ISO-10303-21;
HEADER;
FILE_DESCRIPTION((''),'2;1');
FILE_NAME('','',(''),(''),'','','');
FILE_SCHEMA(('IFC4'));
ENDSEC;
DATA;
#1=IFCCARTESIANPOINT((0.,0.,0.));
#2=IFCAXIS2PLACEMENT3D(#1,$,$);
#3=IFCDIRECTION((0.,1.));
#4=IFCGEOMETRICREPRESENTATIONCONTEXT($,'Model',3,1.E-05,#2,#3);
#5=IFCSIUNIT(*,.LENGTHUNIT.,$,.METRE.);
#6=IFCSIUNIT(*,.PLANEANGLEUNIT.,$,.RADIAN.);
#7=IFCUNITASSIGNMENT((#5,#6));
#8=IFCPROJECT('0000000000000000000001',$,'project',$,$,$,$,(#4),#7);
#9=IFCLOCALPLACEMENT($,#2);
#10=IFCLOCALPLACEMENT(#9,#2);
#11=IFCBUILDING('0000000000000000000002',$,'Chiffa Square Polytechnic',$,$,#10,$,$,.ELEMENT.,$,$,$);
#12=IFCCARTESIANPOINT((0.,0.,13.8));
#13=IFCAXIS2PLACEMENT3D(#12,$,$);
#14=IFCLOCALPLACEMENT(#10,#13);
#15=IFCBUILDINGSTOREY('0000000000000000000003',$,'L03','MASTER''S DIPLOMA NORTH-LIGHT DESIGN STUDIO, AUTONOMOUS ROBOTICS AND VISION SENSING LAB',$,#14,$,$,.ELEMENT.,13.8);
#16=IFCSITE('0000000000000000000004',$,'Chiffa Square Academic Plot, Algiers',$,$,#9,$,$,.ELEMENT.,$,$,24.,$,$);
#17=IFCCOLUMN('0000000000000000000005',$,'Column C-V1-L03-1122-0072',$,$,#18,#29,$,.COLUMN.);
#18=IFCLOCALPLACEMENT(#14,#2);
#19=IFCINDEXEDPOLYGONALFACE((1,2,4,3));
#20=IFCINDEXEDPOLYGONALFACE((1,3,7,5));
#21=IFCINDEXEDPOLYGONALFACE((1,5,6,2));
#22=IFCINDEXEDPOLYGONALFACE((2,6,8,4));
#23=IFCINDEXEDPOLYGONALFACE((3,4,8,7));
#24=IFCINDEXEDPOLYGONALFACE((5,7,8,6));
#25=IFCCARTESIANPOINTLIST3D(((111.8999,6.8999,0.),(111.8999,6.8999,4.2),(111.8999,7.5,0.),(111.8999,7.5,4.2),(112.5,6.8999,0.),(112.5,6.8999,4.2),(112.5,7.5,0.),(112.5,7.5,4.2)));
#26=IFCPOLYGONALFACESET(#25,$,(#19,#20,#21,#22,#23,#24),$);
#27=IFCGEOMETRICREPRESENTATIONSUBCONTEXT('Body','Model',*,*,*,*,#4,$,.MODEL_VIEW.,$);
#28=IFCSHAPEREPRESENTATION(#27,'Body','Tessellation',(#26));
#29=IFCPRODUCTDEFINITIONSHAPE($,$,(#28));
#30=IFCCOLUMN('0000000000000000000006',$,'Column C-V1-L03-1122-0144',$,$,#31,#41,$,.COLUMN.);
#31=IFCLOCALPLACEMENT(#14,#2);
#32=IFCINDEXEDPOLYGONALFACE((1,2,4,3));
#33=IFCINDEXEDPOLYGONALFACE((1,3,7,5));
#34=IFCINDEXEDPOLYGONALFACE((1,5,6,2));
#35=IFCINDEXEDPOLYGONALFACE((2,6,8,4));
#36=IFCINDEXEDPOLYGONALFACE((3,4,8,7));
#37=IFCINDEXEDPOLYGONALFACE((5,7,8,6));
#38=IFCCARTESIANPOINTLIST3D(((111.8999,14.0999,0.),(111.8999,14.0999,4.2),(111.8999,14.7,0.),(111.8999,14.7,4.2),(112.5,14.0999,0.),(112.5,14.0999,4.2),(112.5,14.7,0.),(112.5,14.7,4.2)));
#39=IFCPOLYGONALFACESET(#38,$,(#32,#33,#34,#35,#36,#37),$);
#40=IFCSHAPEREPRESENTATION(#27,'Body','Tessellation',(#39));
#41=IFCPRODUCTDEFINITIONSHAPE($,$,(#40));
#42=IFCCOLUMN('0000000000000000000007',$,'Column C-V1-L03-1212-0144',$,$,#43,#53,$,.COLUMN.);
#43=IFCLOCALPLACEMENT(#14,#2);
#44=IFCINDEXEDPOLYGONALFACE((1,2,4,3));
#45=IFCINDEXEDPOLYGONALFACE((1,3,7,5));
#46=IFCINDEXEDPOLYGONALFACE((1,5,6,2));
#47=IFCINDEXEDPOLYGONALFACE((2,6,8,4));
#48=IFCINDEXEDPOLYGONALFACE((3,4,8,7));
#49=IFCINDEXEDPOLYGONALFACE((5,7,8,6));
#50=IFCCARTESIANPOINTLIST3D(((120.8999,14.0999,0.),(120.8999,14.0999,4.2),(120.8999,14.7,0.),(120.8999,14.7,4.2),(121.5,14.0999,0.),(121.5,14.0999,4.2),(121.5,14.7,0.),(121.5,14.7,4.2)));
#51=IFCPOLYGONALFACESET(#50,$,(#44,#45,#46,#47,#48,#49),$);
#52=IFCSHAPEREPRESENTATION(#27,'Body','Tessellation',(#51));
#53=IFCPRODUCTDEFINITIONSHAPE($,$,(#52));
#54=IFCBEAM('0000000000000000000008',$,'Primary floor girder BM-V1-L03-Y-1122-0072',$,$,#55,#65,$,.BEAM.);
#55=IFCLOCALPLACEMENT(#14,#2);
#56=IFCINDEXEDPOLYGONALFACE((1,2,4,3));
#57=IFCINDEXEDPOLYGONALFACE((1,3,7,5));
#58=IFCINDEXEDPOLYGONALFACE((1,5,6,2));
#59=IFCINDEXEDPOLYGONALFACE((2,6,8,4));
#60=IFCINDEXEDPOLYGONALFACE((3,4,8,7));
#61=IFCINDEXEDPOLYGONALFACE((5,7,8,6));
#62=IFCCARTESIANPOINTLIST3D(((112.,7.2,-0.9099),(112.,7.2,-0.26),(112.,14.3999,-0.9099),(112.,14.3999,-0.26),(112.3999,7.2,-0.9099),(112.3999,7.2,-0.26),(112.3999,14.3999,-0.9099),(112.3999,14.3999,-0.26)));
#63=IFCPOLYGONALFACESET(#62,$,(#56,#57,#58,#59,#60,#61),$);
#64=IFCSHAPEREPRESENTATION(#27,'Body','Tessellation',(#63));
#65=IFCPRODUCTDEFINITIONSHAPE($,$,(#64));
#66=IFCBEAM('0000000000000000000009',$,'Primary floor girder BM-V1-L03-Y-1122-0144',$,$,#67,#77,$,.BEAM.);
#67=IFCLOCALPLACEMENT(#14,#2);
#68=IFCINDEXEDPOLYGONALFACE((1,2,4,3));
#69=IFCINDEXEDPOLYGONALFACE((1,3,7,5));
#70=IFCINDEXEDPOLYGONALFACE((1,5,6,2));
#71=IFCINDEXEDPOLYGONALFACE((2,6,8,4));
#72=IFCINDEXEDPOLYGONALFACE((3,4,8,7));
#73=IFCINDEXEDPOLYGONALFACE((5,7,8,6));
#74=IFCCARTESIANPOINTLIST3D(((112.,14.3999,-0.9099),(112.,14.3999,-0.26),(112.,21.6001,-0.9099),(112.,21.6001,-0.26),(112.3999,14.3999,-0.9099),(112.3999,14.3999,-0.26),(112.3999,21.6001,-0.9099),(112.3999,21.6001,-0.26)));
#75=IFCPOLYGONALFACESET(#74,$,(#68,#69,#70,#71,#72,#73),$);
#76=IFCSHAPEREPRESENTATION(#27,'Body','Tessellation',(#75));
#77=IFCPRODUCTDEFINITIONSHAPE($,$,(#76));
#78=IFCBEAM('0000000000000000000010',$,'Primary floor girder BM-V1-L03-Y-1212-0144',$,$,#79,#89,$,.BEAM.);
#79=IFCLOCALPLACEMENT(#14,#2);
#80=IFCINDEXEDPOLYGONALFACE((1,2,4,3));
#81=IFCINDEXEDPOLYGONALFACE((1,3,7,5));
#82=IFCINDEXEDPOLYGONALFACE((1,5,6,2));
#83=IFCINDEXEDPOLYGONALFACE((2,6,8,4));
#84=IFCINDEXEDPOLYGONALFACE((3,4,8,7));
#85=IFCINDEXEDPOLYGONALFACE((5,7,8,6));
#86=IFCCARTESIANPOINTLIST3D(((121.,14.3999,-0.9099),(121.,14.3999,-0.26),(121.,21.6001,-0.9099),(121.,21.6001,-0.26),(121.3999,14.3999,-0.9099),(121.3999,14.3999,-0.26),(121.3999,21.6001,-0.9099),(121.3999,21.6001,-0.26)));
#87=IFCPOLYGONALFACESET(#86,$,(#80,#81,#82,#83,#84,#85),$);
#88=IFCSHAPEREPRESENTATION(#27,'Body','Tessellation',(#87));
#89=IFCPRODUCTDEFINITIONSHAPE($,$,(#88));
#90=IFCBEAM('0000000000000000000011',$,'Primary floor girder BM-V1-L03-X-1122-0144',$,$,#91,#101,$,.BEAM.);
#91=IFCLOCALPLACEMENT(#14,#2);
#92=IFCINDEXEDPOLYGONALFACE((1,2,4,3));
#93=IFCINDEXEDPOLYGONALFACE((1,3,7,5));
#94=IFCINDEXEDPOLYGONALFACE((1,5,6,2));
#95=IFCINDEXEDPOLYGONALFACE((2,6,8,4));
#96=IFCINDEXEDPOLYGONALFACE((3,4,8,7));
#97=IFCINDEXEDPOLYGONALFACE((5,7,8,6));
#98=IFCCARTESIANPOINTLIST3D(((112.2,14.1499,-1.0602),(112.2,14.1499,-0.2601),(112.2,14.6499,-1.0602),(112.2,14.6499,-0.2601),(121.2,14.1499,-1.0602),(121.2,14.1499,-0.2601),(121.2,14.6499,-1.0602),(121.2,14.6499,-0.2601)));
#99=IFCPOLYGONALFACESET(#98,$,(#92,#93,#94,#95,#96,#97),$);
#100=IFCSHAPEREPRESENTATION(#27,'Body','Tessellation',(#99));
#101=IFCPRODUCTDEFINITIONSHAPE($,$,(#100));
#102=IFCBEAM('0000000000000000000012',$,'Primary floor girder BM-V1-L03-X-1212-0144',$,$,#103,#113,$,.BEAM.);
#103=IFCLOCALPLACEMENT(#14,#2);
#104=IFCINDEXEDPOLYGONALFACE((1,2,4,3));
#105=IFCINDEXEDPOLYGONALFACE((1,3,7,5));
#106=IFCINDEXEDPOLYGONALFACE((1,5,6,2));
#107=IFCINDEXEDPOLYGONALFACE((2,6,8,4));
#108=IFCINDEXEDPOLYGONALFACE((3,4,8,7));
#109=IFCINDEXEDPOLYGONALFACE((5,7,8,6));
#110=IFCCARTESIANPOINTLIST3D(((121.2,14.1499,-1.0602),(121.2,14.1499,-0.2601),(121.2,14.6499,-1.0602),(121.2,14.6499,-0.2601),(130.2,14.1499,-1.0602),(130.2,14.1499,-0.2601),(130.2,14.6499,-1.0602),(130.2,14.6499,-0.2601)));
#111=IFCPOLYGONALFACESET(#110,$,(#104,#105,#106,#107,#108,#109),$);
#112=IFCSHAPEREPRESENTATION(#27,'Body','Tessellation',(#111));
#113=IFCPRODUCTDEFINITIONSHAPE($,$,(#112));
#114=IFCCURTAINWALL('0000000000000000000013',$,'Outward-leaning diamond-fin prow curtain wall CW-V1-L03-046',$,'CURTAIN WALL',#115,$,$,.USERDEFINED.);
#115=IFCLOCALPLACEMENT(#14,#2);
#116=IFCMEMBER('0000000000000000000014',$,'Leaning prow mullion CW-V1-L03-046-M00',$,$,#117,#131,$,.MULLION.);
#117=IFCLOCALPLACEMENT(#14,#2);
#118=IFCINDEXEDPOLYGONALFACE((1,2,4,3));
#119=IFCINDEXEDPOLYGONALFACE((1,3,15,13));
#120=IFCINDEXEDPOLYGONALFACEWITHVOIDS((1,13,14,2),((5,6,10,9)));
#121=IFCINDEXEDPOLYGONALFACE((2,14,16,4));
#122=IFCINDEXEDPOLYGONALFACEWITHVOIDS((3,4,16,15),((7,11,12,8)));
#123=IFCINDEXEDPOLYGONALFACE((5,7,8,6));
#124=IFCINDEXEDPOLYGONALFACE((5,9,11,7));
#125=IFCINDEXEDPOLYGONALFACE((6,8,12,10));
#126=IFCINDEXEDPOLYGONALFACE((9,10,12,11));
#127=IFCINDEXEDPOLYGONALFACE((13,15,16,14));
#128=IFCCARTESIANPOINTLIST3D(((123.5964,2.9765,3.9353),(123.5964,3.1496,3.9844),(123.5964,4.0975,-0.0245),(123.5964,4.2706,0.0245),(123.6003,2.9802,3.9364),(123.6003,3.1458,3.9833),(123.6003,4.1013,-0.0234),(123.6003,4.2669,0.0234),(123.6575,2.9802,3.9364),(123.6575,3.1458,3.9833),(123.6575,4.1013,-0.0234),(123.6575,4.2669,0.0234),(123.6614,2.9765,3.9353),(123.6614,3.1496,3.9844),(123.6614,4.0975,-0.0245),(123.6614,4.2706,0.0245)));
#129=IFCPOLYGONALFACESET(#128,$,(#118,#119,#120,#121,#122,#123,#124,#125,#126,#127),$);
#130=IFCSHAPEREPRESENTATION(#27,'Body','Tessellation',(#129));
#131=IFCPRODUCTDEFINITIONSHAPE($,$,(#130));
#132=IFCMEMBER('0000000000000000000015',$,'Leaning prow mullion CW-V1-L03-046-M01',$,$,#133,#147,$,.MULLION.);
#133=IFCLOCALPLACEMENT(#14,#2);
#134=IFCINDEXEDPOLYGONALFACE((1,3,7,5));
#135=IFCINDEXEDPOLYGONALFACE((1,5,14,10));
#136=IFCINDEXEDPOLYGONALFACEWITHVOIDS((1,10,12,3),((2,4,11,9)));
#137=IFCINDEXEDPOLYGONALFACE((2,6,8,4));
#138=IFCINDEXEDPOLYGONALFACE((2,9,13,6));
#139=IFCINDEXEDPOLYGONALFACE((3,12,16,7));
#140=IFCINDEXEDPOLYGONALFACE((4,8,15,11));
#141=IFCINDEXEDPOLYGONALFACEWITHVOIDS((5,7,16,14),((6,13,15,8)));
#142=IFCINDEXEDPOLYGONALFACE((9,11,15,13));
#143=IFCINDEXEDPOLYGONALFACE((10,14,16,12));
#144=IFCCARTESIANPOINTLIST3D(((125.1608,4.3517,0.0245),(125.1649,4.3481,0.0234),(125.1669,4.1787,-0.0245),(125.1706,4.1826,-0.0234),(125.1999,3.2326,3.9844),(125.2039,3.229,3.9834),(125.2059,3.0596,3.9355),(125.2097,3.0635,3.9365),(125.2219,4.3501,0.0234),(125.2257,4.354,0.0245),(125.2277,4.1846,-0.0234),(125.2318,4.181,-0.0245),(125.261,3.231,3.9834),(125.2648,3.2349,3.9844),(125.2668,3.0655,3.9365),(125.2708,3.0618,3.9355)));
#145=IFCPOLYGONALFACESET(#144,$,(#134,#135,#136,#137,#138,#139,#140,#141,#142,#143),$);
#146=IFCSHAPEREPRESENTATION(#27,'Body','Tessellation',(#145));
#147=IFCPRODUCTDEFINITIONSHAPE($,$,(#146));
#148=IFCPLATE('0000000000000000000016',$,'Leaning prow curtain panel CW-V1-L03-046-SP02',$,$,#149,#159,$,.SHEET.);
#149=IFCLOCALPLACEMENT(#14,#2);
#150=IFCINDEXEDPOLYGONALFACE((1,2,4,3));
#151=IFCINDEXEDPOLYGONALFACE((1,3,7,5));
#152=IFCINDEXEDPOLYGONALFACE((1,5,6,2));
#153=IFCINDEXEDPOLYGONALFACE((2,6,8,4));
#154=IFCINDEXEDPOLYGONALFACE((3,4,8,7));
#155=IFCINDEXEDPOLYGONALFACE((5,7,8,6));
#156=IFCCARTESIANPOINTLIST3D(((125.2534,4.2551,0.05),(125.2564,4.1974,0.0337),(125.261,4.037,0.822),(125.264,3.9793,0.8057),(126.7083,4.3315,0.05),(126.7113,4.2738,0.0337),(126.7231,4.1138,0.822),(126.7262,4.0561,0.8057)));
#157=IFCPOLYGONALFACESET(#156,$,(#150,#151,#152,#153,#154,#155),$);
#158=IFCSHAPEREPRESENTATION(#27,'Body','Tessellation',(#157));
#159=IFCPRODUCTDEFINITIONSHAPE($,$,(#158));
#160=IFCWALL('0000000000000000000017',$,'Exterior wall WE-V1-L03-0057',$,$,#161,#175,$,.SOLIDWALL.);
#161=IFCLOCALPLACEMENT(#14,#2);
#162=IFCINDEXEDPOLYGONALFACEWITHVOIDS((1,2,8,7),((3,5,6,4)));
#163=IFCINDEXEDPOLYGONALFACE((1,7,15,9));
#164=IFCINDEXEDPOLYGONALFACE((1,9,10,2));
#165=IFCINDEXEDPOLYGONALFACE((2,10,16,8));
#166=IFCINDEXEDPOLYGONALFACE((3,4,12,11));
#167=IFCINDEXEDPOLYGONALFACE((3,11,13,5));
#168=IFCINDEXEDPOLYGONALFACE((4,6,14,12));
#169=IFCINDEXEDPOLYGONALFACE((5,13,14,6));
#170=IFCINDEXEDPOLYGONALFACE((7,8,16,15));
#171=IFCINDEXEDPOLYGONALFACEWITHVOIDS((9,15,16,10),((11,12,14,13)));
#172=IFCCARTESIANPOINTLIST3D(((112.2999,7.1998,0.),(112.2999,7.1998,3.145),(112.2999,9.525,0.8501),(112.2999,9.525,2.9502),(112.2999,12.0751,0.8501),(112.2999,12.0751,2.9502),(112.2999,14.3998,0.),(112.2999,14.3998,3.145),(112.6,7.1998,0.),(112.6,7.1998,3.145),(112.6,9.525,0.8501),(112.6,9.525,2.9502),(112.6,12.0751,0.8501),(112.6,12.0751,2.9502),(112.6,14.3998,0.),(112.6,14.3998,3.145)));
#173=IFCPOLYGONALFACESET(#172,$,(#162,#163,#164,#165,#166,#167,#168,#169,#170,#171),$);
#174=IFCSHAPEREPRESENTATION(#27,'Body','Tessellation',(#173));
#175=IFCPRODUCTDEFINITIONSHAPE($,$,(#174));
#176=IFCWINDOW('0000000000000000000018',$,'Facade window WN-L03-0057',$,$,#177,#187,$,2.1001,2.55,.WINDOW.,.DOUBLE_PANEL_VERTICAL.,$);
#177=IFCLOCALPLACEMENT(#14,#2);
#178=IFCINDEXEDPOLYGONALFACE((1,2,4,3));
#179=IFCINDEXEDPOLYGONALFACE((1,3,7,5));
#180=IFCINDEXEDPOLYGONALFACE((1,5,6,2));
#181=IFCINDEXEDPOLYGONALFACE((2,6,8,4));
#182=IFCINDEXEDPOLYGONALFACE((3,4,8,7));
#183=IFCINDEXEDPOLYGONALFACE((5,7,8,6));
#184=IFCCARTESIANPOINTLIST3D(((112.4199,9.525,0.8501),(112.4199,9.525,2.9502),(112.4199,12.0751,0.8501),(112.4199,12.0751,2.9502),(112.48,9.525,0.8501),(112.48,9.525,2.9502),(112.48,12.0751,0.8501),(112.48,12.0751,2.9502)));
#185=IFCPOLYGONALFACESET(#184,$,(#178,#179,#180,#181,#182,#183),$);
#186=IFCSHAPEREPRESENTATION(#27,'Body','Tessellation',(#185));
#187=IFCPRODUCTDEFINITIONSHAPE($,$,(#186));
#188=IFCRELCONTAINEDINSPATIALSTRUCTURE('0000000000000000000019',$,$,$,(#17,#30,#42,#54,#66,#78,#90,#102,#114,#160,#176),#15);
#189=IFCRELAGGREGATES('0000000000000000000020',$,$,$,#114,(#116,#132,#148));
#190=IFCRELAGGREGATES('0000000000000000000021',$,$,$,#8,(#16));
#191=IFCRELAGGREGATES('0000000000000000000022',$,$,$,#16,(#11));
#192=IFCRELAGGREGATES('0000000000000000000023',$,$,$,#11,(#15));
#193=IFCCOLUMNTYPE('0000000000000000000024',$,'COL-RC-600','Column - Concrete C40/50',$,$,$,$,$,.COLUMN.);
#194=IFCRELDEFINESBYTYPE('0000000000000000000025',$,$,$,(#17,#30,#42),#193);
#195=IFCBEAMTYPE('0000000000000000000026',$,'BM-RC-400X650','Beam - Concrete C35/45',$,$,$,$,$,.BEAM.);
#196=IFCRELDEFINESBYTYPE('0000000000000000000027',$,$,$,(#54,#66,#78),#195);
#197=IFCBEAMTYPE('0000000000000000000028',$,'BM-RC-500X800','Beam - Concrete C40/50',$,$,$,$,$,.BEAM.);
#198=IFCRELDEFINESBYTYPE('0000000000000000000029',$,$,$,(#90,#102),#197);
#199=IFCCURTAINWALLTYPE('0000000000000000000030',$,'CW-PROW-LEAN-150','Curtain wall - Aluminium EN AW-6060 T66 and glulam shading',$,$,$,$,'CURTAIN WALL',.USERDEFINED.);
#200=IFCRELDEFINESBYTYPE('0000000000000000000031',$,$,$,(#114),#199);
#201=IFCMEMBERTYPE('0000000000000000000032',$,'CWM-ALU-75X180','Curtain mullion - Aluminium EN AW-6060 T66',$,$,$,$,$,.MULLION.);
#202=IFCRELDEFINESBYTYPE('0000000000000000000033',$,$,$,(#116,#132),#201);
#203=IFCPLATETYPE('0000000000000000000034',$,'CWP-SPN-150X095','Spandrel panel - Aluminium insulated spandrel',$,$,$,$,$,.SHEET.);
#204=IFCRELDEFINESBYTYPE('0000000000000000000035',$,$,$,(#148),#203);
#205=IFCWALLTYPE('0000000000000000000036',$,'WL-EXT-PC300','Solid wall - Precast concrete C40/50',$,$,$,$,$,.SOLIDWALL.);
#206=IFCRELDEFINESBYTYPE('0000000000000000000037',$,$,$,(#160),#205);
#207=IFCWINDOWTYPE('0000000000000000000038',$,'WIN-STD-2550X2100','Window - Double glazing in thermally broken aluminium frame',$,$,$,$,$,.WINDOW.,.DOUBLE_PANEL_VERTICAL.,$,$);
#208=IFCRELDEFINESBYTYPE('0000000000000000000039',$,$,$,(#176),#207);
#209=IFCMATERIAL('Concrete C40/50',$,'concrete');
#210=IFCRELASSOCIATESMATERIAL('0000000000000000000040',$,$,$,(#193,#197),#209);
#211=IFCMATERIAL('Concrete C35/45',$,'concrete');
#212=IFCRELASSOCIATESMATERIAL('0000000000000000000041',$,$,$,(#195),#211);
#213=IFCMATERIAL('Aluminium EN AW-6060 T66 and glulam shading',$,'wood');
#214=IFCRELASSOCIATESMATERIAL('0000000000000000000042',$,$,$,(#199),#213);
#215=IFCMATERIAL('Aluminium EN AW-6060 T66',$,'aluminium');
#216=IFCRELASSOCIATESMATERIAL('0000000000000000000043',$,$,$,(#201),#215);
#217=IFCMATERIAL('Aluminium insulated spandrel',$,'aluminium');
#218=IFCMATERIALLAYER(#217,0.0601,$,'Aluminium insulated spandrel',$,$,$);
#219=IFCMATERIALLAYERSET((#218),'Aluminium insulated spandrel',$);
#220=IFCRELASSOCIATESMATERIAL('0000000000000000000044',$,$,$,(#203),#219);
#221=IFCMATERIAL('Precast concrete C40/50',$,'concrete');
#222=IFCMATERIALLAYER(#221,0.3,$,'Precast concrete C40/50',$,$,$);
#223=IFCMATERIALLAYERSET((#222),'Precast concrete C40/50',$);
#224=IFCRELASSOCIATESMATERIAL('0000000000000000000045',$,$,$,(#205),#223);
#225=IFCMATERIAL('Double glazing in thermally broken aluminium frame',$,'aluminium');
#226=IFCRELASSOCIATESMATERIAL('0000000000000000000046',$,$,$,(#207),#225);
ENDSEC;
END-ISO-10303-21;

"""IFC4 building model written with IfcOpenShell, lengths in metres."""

from ifc_helpers import new_model, si_unit, direction, frame, frame_2d, origin, origin_2d, place, context, subcontext, project, spatial, polyline, rectangle, hollow_rectangle, outline, extrude, material, layer, layer_set, material_profile, profile_set, type_object, element, fill, aggregate, save


model = new_model("IFC4")

# Units and contexts
model_context = context("Model", 3, precision=1e-05, world=origin(), true_north=direction((0.0, 1.0)))
body_context = subcontext(model_context, "Body", "Model", "MODEL_VIEW")
ifc_project = project(units=[si_unit("LENGTHUNIT", "METRE"), si_unit("PLANEANGLEUNIT", "RADIAN")], contexts=[model_context])

# Site, building, storey
site_placement = place(None, origin())
site = spatial("IfcSite", under=ifc_project, at=site_placement, Name="Chiffa Square Academic Plot, Algiers", CompositionType="ELEMENT", RefElevation=24.0)
building_placement = place(site_placement, origin())
building = spatial("IfcBuilding", under=site, at=building_placement, Name="Chiffa Square Polytechnic", CompositionType="ELEMENT")
storey_placement = place(building_placement, frame((0.0, 0.0, 13.8)))
storey = spatial("IfcBuildingStorey", under=building, at=storey_placement, Name="L03", Description="MASTER'S DIPLOMA NORTH-LIGHT DESIGN STUDIO, AUTONOMOUS ROBOTICS AND VISION SENSING LAB", CompositionType="ELEMENT", Elevation=13.8)

# Columns
ifc_material_1 = material(Name="Concrete C40/50", Category="concrete")
ifc_material_profile_1 = material_profile(ifc_material_1, rectangle(XDim=0.6001, YDim=0.6001, at=origin_2d()), Name="RC 600x600")
ifc_profile_set_1 = profile_set([ifc_material_profile_1], Name="Concrete C40/50")
column_type = type_object("IfcColumnType", Name="COL-RC-600", Description="Column - Concrete C40/50", PredefinedType="COLUMN", material=ifc_profile_set_1)
for number, where, z_axis, x_axis, name in (
    (1, (112.2, 7.2, 0.0), (0.0, 0.0, 1.0), (1.0, 0.0, 0.0), "Column C-V1-L03-1122-0072"),
    (2, (112.2, 14.3999, 0.0), (0.0, 0.0, 1.0), (1.0, 0.0, 0.0), "Column C-V1-L03-1122-0144"),
    (3, (121.2, 14.3999, 0.0), (0.0, 0.0, 1.0), (1.0, 0.0, 0.0), "Column C-V1-L03-1212-0144"),
):
    element("IfcColumn", number, at=place(storey_placement, frame(where, z_axis=z_axis, x_axis=x_axis)), inside=storey, type_object=column_type, Name=name, PredefinedType="COLUMN", context=body_context, shape_type="SweptSolid", body=[
        extrude(rectangle(XDim=0.6001, YDim=0.6001, at=origin_2d()), origin(), (0.0, 0.0, 1.0), 4.2),
    ])

# Beams
ifc_material_2 = material(Name="Concrete C35/45", Category="concrete")
ifc_material_profile_2 = material_profile(ifc_material_2, rectangle(XDim=0.3999, YDim=0.6499, at=origin_2d()), Name="RC 400x650")
ifc_profile_set_2 = profile_set([ifc_material_profile_2], Name="Concrete C35/45")
beam_type_1 = type_object("IfcBeamType", Name="BM-RC-400X650", Description="Beam - Concrete C35/45", PredefinedType="BEAM", material=ifc_profile_set_2)
beam_placement = place(storey_placement, frame((112.2, 7.2, -0.585), z_axis=(0.0, 1.0, 0.0), x_axis=(-1.0, 0.0, 0.0)))
element("IfcBeam", 4, at=beam_placement, inside=storey, type_object=beam_type_1, Name="Primary floor girder BM-V1-L03-Y-1122-0072", PredefinedType="BEAM", context=body_context, shape_type="SweptSolid", body=[
    extrude(rectangle(XDim=0.3999, YDim=0.6499, at=origin_2d()), origin(), (0.0, 0.0, 1.0), 7.2),
])
for number, where, z_axis, x_axis, name in (
    (5, (112.2, 14.3999, -0.585), (0.0, 1.0, 0.0), (-1.0, 0.0, 0.0), "Primary floor girder BM-V1-L03-Y-1122-0144"),
    (6, (121.2, 14.3999, -0.585), (0.0, 1.0, 0.0), (-1.0, 0.0, 0.0), "Primary floor girder BM-V1-L03-Y-1212-0144"),
):
    element("IfcBeam", number, at=place(storey_placement, frame(where, z_axis=z_axis, x_axis=x_axis)), inside=storey, type_object=beam_type_1, Name=name, PredefinedType="BEAM", context=body_context, shape_type="SweptSolid", body=[
        extrude(rectangle(XDim=0.3999, YDim=0.6499, at=origin_2d()), origin(), (0.0, 0.0, 1.0), 7.2002),
    ])
ifc_material_profile_3 = material_profile(ifc_material_1, rectangle(XDim=0.5, YDim=0.8, at=origin_2d()), Name="RC 500x800")
ifc_profile_set_3 = profile_set([ifc_material_profile_3], Name="Concrete C40/50")
beam_type_2 = type_object("IfcBeamType", Name="BM-RC-500X800", Description="Beam - Concrete C40/50", PredefinedType="BEAM", material=ifc_profile_set_3)
for number, where, z_axis, x_axis, name in (
    (7, (112.2, 14.3999, -0.6602), (1.0, 0.0, 0.0), (0.0, 1.0, 0.0), "Primary floor girder BM-V1-L03-X-1122-0144"),
    (8, (121.2, 14.3999, -0.6602), (1.0, 0.0, 0.0), (0.0, 1.0, 0.0), "Primary floor girder BM-V1-L03-X-1212-0144"),
):
    element("IfcBeam", number, at=place(storey_placement, frame(where, z_axis=z_axis, x_axis=x_axis)), inside=storey, type_object=beam_type_2, Name=name, PredefinedType="BEAM", context=body_context, shape_type="SweptSolid", body=[
        extrude(rectangle(XDim=0.5, YDim=0.8, at=origin_2d()), origin(), (0.0, 0.0, 1.0), 9.0),
    ])

# Curtain wall, members, plate
ifc_material_3 = material(Name="Aluminium EN AW-6060 T66 and glulam shading", Category="wood")
curtain_wall_type = type_object("IfcCurtainWallType", Name="CW-PROW-LEAN-150", Description="Curtain wall - Aluminium EN AW-6060 T66 and glulam shading", ElementType="CURTAIN WALL", PredefinedType="USERDEFINED", material=ifc_material_3)
curtain_wall_placement = place(storey_placement, origin())
curtain_wall = element("IfcCurtainWall", 9, at=curtain_wall_placement, inside=storey, type_object=curtain_wall_type, Name="Outward-leaning diamond-fin prow curtain wall CW-V1-L03-046", ObjectType="CURTAIN WALL", PredefinedType="USERDEFINED")
ifc_material_4 = material(Name="Aluminium EN AW-6060 T66", Category="aluminium")
ifc_material_profile_4 = material_profile(ifc_material_4, hollow_rectangle(XDim=0.0649, YDim=0.1799, WallThickness=0.0039, at=origin_2d()), Name="ALU 65x180x4")
ifc_profile_set_4 = profile_set([ifc_material_profile_4], Name="Aluminium EN AW-6060 T66")
member_type = type_object("IfcMemberType", Name="CWM-ALU-75X180", Description="Curtain mullion - Aluminium EN AW-6060 T66", PredefinedType="MULLION", material=ifc_profile_set_4)
member_1_placement = place(storey_placement, frame((123.6289, 4.1841, 0.0), z_axis=(0.0, -0.272401, 0.962184), x_axis=(1.0, 0.0, 0.0)))
member_1 = element("IfcMember", 10, at=member_1_placement, type_object=member_type, Name="Leaning prow mullion CW-V1-L03-046-M00", PredefinedType="MULLION", context=body_context, shape_type="SweptSolid", body=[
    extrude(hollow_rectangle(XDim=0.0649, YDim=0.1799, WallThickness=0.0039, at=origin_2d()), origin(), (0.0, 0.0, 1.0), 4.1155),
])
member_2_placement = place(storey_placement, frame((125.1963, 4.2664, 0.0), z_axis=(0.009492, -0.27195, 0.962265), x_axis=(0.999391, 0.034883, 0.0)))
member_2 = element("IfcMember", 11, at=member_2_placement, type_object=member_type, Name="Leaning prow mullion CW-V1-L03-046-M01", PredefinedType="MULLION", context=body_context, shape_type="SweptSolid", body=[
    extrude(hollow_rectangle(XDim=0.0649, YDim=0.1799, WallThickness=0.0039, at=origin_2d()), origin(), (0.0, 0.0, 1.0), 4.1152),
])
ifc_material_5 = material(Name="Aluminium insulated spandrel", Category="aluminium")
ifc_layer_1 = layer(ifc_material_5, 0.0601, Name="Aluminium insulated spandrel")
ifc_layer_set_1 = layer_set([ifc_layer_1], Name="Aluminium insulated spandrel")
plate_type = type_object("IfcPlateType", Name="CWP-SPN-150X095", Description="Spandrel panel - Aluminium insulated spandrel", PredefinedType="SHEET", material=ifc_layer_set_1)
plate_placement = place(storey_placement, frame((125.2534, 4.2551, 0.05), z_axis=(-0.05043, 0.960981, 0.271978), x_axis=(0.998626, 0.052409, -0.000013)))
plate = element("IfcPlate", 12, at=plate_placement, type_object=plate_type, Name="Leaning prow curtain panel CW-V1-L03-046-SP02", PredefinedType="SHEET", context=body_context, shape_type="SweptSolid", body=[
    extrude(outline(polyline([(0.0, 0.0), (1.4568, 0.0), (1.4603, -0.8022), (-0.0039, -0.8022), (0.0, 0.0)])), origin(), (0.0, 0.0, -1.0), 0.0601),
])
aggregate(curtain_wall, [member_1, member_2, plate])

# Wall, opening, window
ifc_material_6 = material(Name="Precast concrete C40/50", Category="concrete")
ifc_layer_2 = layer(ifc_material_6, 0.3, Name="Precast concrete C40/50")
ifc_layer_set_2 = layer_set([ifc_layer_2], Name="Precast concrete C40/50")
wall_type_1 = type_object("IfcWallType", Name="WL-EXT-PC300", Description="Solid wall - Precast concrete C40/50", PredefinedType="SOLIDWALL", material=ifc_layer_set_2)
wall_1_placement = place(storey_placement, frame((112.45, 14.3999, 0.0), z_axis=(0.0, 0.0, 1.0), x_axis=(0.0, -1.0, 0.0)))
wall_1 = element("IfcWall", 13, at=wall_1_placement, inside=storey, type_object=wall_type_1, Name="Exterior wall WE-V1-L03-0057", PredefinedType="SOLIDWALL", context=body_context, shape_type="SweptSolid", body=[
    extrude(rectangle(XDim=7.2, YDim=0.3, at=frame_2d((3.6001, 0.0))), origin(), (0.0, 0.0, 1.0), 3.145),
])
opening_1_placement = place(wall_1_placement, frame((2.325, 0.0, 0.8501)))
opening_1 = element("IfcOpeningElement", 14, at=opening_1_placement, cuts=wall_1, PredefinedType="OPENING", context=body_context, shape_type="SweptSolid", body=[
    extrude(rectangle(XDim=2.55, YDim=2.1001, at=frame_2d((1.2749, 1.05))), frame((0.0, 0.1602, 0.0), z_axis=(0.0, -1.0, 0.0), x_axis=(1.0, 0.0, 0.0)), (0.0, 0.0, 1.0), 0.3201),
])
ifc_material_7 = material(Name="Double glazing in thermally broken aluminium frame", Category="aluminium")
window_type = type_object("IfcWindowType", Name="WIN-STD-2550X2100", Description="Window - Double glazing in thermally broken aluminium frame", PartitioningType="DOUBLE_PANEL_VERTICAL", PredefinedType="WINDOW", material=ifc_material_7)
window_placement = place(opening_1_placement, origin())
window = element("IfcWindow", 15, at=window_placement, inside=storey, type_object=window_type, Name="Facade window WN-L03-0057", OverallHeight=2.1001, OverallWidth=2.55, PartitioningType="DOUBLE_PANEL_VERTICAL", PredefinedType="WINDOW", context=body_context, shape_type="SweptSolid", body=[
    extrude(rectangle(XDim=2.55, YDim=2.1001, at=frame_2d((1.2749, 1.05))), frame((0.0, 0.03, 0.0), z_axis=(0.0, -1.0, 0.0), x_axis=(1.0, 0.0, 0.0)), (0.0, 0.0, 1.0), 0.0601),
])
fill(opening_1, window)

save(model, "model.ifc")
